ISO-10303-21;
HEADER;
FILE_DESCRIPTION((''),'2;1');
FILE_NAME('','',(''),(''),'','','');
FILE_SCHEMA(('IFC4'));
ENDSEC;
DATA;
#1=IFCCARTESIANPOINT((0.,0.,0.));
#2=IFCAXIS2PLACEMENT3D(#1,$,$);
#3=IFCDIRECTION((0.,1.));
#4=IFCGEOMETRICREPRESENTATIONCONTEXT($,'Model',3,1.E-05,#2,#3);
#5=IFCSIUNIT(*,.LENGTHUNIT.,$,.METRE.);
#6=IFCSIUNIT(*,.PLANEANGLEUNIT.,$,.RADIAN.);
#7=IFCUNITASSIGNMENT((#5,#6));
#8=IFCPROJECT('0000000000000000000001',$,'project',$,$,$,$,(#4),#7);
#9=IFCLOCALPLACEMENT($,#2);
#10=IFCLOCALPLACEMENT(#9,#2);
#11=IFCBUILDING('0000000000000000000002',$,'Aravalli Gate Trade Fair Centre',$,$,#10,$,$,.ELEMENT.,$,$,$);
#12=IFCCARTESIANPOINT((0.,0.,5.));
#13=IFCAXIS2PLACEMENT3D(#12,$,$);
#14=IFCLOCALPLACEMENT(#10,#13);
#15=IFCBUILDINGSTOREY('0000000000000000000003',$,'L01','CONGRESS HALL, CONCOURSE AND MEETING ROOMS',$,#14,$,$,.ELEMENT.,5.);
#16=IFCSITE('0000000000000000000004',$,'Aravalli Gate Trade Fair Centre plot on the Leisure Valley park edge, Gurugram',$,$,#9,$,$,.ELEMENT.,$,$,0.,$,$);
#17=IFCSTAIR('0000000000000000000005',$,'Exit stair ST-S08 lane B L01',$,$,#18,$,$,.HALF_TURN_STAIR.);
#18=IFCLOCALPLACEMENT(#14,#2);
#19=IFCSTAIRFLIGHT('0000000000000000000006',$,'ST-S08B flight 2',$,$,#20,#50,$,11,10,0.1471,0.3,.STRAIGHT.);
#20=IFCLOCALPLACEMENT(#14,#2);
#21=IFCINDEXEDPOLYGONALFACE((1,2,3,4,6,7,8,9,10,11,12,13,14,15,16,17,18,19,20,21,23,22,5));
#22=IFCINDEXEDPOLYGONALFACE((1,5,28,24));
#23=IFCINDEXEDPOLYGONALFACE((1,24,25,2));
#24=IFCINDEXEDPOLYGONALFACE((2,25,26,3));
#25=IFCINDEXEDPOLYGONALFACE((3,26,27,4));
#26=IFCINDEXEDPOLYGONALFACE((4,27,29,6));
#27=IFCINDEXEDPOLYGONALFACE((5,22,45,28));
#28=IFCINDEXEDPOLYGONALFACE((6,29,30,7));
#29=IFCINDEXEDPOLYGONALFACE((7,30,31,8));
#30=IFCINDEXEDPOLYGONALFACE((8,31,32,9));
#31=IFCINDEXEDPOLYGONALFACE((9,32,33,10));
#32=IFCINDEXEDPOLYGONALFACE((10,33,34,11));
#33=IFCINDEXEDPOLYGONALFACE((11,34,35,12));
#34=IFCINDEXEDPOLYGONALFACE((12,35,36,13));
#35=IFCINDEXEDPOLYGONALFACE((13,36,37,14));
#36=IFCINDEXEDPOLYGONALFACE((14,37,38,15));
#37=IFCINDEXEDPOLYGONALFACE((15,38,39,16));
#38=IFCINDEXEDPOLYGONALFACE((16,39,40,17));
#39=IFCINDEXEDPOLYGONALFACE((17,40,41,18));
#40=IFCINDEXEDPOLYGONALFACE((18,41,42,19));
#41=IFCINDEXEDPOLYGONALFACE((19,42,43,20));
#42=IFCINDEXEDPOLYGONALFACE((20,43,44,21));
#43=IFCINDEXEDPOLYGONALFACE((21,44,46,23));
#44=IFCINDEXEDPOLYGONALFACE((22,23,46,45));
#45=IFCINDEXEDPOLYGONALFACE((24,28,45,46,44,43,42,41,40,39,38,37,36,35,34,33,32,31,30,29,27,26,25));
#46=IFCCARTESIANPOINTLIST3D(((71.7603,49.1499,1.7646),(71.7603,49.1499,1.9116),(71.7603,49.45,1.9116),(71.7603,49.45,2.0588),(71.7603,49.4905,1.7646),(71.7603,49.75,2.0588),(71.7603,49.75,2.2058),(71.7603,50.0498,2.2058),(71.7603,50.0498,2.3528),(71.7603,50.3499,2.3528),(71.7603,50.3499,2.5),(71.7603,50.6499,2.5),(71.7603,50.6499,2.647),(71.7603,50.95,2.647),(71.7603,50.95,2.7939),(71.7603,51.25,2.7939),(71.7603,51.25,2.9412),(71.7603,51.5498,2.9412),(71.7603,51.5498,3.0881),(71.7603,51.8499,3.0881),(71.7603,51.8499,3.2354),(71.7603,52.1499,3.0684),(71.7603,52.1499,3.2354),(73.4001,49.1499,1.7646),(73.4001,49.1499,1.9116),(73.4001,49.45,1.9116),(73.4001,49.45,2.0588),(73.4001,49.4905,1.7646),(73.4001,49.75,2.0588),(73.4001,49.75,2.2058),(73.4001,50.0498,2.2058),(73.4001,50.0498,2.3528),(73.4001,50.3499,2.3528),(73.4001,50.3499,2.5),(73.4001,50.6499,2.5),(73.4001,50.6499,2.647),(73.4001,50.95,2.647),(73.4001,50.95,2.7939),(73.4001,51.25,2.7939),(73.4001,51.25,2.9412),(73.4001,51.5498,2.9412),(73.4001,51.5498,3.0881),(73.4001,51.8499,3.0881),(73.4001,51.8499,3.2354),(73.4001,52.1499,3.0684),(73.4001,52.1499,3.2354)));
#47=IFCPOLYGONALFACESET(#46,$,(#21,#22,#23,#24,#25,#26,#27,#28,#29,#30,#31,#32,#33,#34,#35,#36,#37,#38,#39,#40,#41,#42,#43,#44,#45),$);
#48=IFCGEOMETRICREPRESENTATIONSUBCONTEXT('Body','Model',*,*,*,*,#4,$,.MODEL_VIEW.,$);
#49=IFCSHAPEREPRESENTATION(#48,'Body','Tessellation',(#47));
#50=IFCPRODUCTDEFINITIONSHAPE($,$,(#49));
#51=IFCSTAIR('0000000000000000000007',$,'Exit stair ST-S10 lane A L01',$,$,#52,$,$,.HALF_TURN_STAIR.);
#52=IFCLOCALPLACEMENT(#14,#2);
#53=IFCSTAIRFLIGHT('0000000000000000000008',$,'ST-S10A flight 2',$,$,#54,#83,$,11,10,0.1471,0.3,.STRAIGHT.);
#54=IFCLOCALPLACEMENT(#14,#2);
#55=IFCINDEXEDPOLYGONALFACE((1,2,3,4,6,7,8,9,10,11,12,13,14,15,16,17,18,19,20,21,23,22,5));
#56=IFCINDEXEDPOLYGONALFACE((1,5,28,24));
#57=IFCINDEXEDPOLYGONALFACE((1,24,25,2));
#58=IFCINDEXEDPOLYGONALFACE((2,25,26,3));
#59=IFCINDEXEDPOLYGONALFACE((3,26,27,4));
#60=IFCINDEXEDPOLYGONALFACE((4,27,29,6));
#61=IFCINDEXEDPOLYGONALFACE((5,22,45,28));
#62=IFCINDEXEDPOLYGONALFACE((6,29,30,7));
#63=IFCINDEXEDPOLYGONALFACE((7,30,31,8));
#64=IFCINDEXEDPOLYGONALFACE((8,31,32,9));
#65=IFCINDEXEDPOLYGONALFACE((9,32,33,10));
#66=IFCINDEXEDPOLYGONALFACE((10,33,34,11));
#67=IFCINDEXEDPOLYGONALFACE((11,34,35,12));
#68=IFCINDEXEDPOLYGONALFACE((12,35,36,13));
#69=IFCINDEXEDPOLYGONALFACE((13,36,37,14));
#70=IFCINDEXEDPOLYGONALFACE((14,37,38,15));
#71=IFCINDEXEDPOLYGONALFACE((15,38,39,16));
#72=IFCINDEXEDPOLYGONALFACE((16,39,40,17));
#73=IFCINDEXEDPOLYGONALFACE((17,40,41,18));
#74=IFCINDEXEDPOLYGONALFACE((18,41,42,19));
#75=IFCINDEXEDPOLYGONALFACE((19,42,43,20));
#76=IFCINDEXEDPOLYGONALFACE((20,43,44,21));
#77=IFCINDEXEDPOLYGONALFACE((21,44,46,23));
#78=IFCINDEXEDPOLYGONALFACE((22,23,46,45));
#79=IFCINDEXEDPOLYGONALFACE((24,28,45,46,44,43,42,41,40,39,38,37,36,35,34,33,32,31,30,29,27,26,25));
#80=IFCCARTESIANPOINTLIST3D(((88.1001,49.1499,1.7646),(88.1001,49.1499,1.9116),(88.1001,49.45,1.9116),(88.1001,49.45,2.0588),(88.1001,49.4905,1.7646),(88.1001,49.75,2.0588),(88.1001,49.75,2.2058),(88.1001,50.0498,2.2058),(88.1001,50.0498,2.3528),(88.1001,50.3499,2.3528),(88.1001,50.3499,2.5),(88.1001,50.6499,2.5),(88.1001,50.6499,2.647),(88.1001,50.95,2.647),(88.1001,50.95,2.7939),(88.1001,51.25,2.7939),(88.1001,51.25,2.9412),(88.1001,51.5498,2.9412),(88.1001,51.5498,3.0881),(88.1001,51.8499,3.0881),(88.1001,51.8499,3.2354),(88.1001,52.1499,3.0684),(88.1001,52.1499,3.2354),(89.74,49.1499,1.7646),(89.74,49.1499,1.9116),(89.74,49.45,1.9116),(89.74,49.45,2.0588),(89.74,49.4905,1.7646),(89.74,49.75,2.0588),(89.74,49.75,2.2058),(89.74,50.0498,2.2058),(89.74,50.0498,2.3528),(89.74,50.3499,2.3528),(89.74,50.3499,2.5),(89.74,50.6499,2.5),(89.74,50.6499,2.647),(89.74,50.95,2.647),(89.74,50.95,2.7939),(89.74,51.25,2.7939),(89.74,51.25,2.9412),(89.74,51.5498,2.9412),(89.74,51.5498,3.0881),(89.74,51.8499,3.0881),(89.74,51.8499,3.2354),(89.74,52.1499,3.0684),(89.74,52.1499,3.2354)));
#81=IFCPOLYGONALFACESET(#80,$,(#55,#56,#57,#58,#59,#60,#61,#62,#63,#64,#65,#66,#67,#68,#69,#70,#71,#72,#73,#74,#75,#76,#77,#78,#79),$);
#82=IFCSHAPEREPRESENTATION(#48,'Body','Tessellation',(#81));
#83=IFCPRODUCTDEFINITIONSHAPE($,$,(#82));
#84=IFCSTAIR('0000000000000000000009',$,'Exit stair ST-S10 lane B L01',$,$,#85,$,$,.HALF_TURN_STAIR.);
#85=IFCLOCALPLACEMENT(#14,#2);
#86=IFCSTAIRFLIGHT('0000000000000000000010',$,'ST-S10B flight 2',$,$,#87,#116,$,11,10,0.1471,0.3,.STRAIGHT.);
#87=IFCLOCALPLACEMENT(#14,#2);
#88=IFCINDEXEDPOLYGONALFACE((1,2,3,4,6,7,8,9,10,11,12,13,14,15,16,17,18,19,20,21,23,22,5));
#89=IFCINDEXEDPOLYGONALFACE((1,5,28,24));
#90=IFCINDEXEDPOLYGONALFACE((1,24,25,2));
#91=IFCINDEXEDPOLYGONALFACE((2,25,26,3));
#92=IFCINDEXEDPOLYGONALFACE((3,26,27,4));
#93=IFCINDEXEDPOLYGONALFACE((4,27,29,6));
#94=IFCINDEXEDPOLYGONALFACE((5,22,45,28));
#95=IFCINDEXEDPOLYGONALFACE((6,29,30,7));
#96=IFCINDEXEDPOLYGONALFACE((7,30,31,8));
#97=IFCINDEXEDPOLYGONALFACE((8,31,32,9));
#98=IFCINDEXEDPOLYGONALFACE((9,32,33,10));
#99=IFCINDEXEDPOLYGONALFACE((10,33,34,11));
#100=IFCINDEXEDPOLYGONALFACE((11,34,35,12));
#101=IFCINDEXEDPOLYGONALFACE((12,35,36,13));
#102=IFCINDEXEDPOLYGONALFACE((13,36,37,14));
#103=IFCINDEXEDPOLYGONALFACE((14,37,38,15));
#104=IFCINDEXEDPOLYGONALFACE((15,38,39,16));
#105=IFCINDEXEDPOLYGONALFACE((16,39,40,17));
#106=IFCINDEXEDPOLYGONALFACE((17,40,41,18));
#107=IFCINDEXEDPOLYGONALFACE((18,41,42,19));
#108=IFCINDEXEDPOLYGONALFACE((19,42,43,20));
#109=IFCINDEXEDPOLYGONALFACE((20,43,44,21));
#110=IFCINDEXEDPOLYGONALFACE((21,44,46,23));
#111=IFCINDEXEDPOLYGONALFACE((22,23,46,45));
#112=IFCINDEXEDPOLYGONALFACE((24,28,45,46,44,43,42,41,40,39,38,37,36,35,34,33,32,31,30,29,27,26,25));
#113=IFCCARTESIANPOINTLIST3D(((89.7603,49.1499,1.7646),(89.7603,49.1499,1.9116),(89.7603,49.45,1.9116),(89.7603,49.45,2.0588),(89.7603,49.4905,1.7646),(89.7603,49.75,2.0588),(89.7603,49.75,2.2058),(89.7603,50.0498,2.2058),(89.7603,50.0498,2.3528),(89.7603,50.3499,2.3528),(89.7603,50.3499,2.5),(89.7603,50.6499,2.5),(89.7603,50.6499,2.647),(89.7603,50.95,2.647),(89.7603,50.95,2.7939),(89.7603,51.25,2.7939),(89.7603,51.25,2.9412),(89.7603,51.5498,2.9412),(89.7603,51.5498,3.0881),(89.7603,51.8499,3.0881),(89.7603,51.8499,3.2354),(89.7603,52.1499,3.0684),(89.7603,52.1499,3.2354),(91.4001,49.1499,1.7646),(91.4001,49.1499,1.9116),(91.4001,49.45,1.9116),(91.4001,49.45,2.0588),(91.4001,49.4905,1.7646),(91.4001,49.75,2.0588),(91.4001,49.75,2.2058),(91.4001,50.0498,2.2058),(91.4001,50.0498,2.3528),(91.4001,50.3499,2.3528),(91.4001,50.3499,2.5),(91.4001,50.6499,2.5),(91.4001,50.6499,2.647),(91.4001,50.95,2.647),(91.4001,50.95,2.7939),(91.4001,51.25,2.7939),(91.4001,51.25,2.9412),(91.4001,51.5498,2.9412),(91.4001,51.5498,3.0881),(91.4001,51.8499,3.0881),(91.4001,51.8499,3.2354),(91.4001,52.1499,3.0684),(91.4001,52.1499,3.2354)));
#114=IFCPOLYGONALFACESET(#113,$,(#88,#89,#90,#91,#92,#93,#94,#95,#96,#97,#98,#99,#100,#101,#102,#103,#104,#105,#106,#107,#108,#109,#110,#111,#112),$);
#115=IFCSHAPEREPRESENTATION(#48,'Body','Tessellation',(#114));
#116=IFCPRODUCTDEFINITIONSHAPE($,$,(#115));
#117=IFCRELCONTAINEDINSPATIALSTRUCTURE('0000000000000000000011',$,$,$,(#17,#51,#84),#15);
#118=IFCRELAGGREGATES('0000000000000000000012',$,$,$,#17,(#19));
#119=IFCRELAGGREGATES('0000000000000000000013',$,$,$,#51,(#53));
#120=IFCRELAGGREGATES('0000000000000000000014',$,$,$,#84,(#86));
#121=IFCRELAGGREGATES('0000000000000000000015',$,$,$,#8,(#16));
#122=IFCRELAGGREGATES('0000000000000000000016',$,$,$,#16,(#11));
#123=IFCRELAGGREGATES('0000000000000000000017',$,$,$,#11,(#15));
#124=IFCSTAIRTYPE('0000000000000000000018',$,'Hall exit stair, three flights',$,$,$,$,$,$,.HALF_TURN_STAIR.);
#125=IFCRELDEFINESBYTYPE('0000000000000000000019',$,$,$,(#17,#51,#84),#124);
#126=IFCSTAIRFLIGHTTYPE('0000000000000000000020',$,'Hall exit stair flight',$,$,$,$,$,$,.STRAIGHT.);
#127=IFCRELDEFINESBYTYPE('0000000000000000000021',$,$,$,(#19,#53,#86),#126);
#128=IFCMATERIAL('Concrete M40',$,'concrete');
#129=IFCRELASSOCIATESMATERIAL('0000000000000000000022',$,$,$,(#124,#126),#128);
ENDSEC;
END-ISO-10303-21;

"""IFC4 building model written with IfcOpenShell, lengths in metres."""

from ifc_helpers import new_model, si_unit, direction, frame, origin, place, context, subcontext, project, spatial, polyline, outline, extrude, material, type_object, element, aggregate, save


model = new_model("IFC4")

# Units and contexts
model_context = context("Model", 3, precision=1e-05, world=origin(), true_north=direction((0.0, 1.0)))
body_context = subcontext(model_context, "Body", "Model", "MODEL_VIEW")
ifc_project = project(units=[si_unit("LENGTHUNIT", "METRE"), si_unit("PLANEANGLEUNIT", "RADIAN")], contexts=[model_context])

# Site, building, storey
site_placement = place(None, origin())
site = spatial("IfcSite", under=ifc_project, at=site_placement, Name="Aravalli Gate Trade Fair Centre plot on the Leisure Valley park edge, Gurugram", CompositionType="ELEMENT", RefElevation=0.0)
building_placement = place(site_placement, origin())
building = spatial("IfcBuilding", under=site, at=building_placement, Name="Aravalli Gate Trade Fair Centre", CompositionType="ELEMENT")
storey_placement = place(building_placement, frame((0.0, 0.0, 5.0)))
storey = spatial("IfcBuildingStorey", under=building, at=storey_placement, Name="L01", Description="CONGRESS HALL, CONCOURSE AND MEETING ROOMS", CompositionType="ELEMENT", Elevation=5.0)

# Shared definitions
ifc_material_1 = material(Name="Concrete M40", Category="concrete")

# Stairs, stair flights
stair_type = type_object("IfcStairType", Name="Hall exit stair, three flights", PredefinedType="HALF_TURN_STAIR", material=ifc_material_1)
stair_flight_type = type_object("IfcStairFlightType", Name="Hall exit stair flight", PredefinedType="STRAIGHT", material=ifc_material_1)
stair_1_placement = place(storey_placement, origin())
stair_1 = element("IfcStair", 1, at=stair_1_placement, inside=storey, type_object=stair_type, Name="Exit stair ST-S08 lane B L01", PredefinedType="HALF_TURN_STAIR")
stair_flight_1_placement = place(storey_placement, frame((72.5801, 49.1499, 1.7646), z_axis=(0.0, 0.0, 1.0), x_axis=(0.0, 1.0, 0.0)))
stair_flight_1 = element("IfcStairFlight", 2, at=stair_flight_1_placement, type_object=stair_flight_type, Name="ST-S08B flight 2", NumberOfRisers=11, NumberOfTreads=10, PredefinedType="STRAIGHT", RiserHeight=0.1471, TreadLength=0.3, context=body_context, shape_type="SweptSolid", body=[
    extrude(outline(polyline([(0.0, 0.0), (0.0, 0.147), (0.3, 0.147), (0.3, 0.2942), (0.6001, 0.2942), (0.6001, 0.4412), (0.8999, 0.4412), (0.8999, 0.5881), (1.2, 0.5881), (1.2, 0.7354), (1.5, 0.7354), (1.5, 0.8823), (1.8, 0.8823), (1.8, 1.0293), (2.1001, 1.0293), (2.1001, 1.1765), (2.3999, 1.1765), (2.3999, 1.3235), (2.7, 1.3235), (2.7, 1.4707), (3.0, 1.4707), (3.0, 1.6177), (3.0, 1.3037), (0.3406, 0.0), (0.0, 0.0)])), frame((0.0, 0.8198, 0.0), z_axis=(0.0, -1.0, 0.0), x_axis=(1.0, 0.0, 0.0)), (0.0, 0.0, 1.0), 1.6399),
])
aggregate(stair_1, [stair_flight_1])
stair_2_placement = place(storey_placement, origin())
stair_2 = element("IfcStair", 3, at=stair_2_placement, inside=storey, type_object=stair_type, Name="Exit stair ST-S10 lane A L01", PredefinedType="HALF_TURN_STAIR")
stair_flight_2_placement = place(storey_placement, frame((88.9199, 49.1499, 1.7646), z_axis=(0.0, 0.0, 1.0), x_axis=(0.0, 1.0, 0.0)))
stair_flight_2 = element("IfcStairFlight", 4, at=stair_flight_2_placement, type_object=stair_flight_type, Name="ST-S10A flight 2", NumberOfRisers=11, NumberOfTreads=10, PredefinedType="STRAIGHT", RiserHeight=0.1471, TreadLength=0.3, context=body_context, shape_type="SweptSolid", body=[
    extrude(outline(polyline([(0.0, 0.0), (0.0, 0.147), (0.3, 0.147), (0.3, 0.2942), (0.6001, 0.2942), (0.6001, 0.4412), (0.8999, 0.4412), (0.8999, 0.5881), (1.2, 0.5881), (1.2, 0.7354), (1.5, 0.7354), (1.5, 0.8823), (1.8, 0.8823), (1.8, 1.0293), (2.1001, 1.0293), (2.1001, 1.1765), (2.3999, 1.1765), (2.3999, 1.3235), (2.7, 1.3235), (2.7, 1.4707), (3.0, 1.4707), (3.0, 1.6177), (3.0, 1.3037), (0.3406, 0.0), (0.0, 0.0)])), frame((0.0, 0.8198, 0.0), z_axis=(0.0, -1.0, 0.0), x_axis=(1.0, 0.0, 0.0)), (0.0, 0.0, 1.0), 1.6399),
])
aggregate(stair_2, [stair_flight_2])
stair_3_placement = place(storey_placement, origin())
stair_3 = element("IfcStair", 5, at=stair_3_placement, inside=storey, type_object=stair_type, Name="Exit stair ST-S10 lane B L01", PredefinedType="HALF_TURN_STAIR")
stair_flight_3_placement = place(storey_placement, frame((90.5801, 49.1499, 1.7646), z_axis=(0.0, 0.0, 1.0), x_axis=(0.0, 1.0, 0.0)))
stair_flight_3 = element("IfcStairFlight", 6, at=stair_flight_3_placement, type_object=stair_flight_type, Name="ST-S10B flight 2", NumberOfRisers=11, NumberOfTreads=10, PredefinedType="STRAIGHT", RiserHeight=0.1471, TreadLength=0.3, context=body_context, shape_type="SweptSolid", body=[
    extrude(outline(polyline([(0.0, 0.0), (0.0, 0.147), (0.3, 0.147), (0.3, 0.2942), (0.6001, 0.2942), (0.6001, 0.4412), (0.8999, 0.4412), (0.8999, 0.5881), (1.2, 0.5881), (1.2, 0.7354), (1.5, 0.7354), (1.5, 0.8823), (1.8, 0.8823), (1.8, 1.0293), (2.1001, 1.0293), (2.1001, 1.1765), (2.3999, 1.1765), (2.3999, 1.3235), (2.7, 1.3235), (2.7, 1.4707), (3.0, 1.4707), (3.0, 1.6177), (3.0, 1.3037), (0.3406, 0.0), (0.0, 0.0)])), frame((0.0, 0.8198, 0.0), z_axis=(0.0, -1.0, 0.0), x_axis=(1.0, 0.0, 0.0)), (0.0, 0.0, 1.0), 1.6399),
])
aggregate(stair_3, [stair_flight_3])

save(model, "model.ifc")
